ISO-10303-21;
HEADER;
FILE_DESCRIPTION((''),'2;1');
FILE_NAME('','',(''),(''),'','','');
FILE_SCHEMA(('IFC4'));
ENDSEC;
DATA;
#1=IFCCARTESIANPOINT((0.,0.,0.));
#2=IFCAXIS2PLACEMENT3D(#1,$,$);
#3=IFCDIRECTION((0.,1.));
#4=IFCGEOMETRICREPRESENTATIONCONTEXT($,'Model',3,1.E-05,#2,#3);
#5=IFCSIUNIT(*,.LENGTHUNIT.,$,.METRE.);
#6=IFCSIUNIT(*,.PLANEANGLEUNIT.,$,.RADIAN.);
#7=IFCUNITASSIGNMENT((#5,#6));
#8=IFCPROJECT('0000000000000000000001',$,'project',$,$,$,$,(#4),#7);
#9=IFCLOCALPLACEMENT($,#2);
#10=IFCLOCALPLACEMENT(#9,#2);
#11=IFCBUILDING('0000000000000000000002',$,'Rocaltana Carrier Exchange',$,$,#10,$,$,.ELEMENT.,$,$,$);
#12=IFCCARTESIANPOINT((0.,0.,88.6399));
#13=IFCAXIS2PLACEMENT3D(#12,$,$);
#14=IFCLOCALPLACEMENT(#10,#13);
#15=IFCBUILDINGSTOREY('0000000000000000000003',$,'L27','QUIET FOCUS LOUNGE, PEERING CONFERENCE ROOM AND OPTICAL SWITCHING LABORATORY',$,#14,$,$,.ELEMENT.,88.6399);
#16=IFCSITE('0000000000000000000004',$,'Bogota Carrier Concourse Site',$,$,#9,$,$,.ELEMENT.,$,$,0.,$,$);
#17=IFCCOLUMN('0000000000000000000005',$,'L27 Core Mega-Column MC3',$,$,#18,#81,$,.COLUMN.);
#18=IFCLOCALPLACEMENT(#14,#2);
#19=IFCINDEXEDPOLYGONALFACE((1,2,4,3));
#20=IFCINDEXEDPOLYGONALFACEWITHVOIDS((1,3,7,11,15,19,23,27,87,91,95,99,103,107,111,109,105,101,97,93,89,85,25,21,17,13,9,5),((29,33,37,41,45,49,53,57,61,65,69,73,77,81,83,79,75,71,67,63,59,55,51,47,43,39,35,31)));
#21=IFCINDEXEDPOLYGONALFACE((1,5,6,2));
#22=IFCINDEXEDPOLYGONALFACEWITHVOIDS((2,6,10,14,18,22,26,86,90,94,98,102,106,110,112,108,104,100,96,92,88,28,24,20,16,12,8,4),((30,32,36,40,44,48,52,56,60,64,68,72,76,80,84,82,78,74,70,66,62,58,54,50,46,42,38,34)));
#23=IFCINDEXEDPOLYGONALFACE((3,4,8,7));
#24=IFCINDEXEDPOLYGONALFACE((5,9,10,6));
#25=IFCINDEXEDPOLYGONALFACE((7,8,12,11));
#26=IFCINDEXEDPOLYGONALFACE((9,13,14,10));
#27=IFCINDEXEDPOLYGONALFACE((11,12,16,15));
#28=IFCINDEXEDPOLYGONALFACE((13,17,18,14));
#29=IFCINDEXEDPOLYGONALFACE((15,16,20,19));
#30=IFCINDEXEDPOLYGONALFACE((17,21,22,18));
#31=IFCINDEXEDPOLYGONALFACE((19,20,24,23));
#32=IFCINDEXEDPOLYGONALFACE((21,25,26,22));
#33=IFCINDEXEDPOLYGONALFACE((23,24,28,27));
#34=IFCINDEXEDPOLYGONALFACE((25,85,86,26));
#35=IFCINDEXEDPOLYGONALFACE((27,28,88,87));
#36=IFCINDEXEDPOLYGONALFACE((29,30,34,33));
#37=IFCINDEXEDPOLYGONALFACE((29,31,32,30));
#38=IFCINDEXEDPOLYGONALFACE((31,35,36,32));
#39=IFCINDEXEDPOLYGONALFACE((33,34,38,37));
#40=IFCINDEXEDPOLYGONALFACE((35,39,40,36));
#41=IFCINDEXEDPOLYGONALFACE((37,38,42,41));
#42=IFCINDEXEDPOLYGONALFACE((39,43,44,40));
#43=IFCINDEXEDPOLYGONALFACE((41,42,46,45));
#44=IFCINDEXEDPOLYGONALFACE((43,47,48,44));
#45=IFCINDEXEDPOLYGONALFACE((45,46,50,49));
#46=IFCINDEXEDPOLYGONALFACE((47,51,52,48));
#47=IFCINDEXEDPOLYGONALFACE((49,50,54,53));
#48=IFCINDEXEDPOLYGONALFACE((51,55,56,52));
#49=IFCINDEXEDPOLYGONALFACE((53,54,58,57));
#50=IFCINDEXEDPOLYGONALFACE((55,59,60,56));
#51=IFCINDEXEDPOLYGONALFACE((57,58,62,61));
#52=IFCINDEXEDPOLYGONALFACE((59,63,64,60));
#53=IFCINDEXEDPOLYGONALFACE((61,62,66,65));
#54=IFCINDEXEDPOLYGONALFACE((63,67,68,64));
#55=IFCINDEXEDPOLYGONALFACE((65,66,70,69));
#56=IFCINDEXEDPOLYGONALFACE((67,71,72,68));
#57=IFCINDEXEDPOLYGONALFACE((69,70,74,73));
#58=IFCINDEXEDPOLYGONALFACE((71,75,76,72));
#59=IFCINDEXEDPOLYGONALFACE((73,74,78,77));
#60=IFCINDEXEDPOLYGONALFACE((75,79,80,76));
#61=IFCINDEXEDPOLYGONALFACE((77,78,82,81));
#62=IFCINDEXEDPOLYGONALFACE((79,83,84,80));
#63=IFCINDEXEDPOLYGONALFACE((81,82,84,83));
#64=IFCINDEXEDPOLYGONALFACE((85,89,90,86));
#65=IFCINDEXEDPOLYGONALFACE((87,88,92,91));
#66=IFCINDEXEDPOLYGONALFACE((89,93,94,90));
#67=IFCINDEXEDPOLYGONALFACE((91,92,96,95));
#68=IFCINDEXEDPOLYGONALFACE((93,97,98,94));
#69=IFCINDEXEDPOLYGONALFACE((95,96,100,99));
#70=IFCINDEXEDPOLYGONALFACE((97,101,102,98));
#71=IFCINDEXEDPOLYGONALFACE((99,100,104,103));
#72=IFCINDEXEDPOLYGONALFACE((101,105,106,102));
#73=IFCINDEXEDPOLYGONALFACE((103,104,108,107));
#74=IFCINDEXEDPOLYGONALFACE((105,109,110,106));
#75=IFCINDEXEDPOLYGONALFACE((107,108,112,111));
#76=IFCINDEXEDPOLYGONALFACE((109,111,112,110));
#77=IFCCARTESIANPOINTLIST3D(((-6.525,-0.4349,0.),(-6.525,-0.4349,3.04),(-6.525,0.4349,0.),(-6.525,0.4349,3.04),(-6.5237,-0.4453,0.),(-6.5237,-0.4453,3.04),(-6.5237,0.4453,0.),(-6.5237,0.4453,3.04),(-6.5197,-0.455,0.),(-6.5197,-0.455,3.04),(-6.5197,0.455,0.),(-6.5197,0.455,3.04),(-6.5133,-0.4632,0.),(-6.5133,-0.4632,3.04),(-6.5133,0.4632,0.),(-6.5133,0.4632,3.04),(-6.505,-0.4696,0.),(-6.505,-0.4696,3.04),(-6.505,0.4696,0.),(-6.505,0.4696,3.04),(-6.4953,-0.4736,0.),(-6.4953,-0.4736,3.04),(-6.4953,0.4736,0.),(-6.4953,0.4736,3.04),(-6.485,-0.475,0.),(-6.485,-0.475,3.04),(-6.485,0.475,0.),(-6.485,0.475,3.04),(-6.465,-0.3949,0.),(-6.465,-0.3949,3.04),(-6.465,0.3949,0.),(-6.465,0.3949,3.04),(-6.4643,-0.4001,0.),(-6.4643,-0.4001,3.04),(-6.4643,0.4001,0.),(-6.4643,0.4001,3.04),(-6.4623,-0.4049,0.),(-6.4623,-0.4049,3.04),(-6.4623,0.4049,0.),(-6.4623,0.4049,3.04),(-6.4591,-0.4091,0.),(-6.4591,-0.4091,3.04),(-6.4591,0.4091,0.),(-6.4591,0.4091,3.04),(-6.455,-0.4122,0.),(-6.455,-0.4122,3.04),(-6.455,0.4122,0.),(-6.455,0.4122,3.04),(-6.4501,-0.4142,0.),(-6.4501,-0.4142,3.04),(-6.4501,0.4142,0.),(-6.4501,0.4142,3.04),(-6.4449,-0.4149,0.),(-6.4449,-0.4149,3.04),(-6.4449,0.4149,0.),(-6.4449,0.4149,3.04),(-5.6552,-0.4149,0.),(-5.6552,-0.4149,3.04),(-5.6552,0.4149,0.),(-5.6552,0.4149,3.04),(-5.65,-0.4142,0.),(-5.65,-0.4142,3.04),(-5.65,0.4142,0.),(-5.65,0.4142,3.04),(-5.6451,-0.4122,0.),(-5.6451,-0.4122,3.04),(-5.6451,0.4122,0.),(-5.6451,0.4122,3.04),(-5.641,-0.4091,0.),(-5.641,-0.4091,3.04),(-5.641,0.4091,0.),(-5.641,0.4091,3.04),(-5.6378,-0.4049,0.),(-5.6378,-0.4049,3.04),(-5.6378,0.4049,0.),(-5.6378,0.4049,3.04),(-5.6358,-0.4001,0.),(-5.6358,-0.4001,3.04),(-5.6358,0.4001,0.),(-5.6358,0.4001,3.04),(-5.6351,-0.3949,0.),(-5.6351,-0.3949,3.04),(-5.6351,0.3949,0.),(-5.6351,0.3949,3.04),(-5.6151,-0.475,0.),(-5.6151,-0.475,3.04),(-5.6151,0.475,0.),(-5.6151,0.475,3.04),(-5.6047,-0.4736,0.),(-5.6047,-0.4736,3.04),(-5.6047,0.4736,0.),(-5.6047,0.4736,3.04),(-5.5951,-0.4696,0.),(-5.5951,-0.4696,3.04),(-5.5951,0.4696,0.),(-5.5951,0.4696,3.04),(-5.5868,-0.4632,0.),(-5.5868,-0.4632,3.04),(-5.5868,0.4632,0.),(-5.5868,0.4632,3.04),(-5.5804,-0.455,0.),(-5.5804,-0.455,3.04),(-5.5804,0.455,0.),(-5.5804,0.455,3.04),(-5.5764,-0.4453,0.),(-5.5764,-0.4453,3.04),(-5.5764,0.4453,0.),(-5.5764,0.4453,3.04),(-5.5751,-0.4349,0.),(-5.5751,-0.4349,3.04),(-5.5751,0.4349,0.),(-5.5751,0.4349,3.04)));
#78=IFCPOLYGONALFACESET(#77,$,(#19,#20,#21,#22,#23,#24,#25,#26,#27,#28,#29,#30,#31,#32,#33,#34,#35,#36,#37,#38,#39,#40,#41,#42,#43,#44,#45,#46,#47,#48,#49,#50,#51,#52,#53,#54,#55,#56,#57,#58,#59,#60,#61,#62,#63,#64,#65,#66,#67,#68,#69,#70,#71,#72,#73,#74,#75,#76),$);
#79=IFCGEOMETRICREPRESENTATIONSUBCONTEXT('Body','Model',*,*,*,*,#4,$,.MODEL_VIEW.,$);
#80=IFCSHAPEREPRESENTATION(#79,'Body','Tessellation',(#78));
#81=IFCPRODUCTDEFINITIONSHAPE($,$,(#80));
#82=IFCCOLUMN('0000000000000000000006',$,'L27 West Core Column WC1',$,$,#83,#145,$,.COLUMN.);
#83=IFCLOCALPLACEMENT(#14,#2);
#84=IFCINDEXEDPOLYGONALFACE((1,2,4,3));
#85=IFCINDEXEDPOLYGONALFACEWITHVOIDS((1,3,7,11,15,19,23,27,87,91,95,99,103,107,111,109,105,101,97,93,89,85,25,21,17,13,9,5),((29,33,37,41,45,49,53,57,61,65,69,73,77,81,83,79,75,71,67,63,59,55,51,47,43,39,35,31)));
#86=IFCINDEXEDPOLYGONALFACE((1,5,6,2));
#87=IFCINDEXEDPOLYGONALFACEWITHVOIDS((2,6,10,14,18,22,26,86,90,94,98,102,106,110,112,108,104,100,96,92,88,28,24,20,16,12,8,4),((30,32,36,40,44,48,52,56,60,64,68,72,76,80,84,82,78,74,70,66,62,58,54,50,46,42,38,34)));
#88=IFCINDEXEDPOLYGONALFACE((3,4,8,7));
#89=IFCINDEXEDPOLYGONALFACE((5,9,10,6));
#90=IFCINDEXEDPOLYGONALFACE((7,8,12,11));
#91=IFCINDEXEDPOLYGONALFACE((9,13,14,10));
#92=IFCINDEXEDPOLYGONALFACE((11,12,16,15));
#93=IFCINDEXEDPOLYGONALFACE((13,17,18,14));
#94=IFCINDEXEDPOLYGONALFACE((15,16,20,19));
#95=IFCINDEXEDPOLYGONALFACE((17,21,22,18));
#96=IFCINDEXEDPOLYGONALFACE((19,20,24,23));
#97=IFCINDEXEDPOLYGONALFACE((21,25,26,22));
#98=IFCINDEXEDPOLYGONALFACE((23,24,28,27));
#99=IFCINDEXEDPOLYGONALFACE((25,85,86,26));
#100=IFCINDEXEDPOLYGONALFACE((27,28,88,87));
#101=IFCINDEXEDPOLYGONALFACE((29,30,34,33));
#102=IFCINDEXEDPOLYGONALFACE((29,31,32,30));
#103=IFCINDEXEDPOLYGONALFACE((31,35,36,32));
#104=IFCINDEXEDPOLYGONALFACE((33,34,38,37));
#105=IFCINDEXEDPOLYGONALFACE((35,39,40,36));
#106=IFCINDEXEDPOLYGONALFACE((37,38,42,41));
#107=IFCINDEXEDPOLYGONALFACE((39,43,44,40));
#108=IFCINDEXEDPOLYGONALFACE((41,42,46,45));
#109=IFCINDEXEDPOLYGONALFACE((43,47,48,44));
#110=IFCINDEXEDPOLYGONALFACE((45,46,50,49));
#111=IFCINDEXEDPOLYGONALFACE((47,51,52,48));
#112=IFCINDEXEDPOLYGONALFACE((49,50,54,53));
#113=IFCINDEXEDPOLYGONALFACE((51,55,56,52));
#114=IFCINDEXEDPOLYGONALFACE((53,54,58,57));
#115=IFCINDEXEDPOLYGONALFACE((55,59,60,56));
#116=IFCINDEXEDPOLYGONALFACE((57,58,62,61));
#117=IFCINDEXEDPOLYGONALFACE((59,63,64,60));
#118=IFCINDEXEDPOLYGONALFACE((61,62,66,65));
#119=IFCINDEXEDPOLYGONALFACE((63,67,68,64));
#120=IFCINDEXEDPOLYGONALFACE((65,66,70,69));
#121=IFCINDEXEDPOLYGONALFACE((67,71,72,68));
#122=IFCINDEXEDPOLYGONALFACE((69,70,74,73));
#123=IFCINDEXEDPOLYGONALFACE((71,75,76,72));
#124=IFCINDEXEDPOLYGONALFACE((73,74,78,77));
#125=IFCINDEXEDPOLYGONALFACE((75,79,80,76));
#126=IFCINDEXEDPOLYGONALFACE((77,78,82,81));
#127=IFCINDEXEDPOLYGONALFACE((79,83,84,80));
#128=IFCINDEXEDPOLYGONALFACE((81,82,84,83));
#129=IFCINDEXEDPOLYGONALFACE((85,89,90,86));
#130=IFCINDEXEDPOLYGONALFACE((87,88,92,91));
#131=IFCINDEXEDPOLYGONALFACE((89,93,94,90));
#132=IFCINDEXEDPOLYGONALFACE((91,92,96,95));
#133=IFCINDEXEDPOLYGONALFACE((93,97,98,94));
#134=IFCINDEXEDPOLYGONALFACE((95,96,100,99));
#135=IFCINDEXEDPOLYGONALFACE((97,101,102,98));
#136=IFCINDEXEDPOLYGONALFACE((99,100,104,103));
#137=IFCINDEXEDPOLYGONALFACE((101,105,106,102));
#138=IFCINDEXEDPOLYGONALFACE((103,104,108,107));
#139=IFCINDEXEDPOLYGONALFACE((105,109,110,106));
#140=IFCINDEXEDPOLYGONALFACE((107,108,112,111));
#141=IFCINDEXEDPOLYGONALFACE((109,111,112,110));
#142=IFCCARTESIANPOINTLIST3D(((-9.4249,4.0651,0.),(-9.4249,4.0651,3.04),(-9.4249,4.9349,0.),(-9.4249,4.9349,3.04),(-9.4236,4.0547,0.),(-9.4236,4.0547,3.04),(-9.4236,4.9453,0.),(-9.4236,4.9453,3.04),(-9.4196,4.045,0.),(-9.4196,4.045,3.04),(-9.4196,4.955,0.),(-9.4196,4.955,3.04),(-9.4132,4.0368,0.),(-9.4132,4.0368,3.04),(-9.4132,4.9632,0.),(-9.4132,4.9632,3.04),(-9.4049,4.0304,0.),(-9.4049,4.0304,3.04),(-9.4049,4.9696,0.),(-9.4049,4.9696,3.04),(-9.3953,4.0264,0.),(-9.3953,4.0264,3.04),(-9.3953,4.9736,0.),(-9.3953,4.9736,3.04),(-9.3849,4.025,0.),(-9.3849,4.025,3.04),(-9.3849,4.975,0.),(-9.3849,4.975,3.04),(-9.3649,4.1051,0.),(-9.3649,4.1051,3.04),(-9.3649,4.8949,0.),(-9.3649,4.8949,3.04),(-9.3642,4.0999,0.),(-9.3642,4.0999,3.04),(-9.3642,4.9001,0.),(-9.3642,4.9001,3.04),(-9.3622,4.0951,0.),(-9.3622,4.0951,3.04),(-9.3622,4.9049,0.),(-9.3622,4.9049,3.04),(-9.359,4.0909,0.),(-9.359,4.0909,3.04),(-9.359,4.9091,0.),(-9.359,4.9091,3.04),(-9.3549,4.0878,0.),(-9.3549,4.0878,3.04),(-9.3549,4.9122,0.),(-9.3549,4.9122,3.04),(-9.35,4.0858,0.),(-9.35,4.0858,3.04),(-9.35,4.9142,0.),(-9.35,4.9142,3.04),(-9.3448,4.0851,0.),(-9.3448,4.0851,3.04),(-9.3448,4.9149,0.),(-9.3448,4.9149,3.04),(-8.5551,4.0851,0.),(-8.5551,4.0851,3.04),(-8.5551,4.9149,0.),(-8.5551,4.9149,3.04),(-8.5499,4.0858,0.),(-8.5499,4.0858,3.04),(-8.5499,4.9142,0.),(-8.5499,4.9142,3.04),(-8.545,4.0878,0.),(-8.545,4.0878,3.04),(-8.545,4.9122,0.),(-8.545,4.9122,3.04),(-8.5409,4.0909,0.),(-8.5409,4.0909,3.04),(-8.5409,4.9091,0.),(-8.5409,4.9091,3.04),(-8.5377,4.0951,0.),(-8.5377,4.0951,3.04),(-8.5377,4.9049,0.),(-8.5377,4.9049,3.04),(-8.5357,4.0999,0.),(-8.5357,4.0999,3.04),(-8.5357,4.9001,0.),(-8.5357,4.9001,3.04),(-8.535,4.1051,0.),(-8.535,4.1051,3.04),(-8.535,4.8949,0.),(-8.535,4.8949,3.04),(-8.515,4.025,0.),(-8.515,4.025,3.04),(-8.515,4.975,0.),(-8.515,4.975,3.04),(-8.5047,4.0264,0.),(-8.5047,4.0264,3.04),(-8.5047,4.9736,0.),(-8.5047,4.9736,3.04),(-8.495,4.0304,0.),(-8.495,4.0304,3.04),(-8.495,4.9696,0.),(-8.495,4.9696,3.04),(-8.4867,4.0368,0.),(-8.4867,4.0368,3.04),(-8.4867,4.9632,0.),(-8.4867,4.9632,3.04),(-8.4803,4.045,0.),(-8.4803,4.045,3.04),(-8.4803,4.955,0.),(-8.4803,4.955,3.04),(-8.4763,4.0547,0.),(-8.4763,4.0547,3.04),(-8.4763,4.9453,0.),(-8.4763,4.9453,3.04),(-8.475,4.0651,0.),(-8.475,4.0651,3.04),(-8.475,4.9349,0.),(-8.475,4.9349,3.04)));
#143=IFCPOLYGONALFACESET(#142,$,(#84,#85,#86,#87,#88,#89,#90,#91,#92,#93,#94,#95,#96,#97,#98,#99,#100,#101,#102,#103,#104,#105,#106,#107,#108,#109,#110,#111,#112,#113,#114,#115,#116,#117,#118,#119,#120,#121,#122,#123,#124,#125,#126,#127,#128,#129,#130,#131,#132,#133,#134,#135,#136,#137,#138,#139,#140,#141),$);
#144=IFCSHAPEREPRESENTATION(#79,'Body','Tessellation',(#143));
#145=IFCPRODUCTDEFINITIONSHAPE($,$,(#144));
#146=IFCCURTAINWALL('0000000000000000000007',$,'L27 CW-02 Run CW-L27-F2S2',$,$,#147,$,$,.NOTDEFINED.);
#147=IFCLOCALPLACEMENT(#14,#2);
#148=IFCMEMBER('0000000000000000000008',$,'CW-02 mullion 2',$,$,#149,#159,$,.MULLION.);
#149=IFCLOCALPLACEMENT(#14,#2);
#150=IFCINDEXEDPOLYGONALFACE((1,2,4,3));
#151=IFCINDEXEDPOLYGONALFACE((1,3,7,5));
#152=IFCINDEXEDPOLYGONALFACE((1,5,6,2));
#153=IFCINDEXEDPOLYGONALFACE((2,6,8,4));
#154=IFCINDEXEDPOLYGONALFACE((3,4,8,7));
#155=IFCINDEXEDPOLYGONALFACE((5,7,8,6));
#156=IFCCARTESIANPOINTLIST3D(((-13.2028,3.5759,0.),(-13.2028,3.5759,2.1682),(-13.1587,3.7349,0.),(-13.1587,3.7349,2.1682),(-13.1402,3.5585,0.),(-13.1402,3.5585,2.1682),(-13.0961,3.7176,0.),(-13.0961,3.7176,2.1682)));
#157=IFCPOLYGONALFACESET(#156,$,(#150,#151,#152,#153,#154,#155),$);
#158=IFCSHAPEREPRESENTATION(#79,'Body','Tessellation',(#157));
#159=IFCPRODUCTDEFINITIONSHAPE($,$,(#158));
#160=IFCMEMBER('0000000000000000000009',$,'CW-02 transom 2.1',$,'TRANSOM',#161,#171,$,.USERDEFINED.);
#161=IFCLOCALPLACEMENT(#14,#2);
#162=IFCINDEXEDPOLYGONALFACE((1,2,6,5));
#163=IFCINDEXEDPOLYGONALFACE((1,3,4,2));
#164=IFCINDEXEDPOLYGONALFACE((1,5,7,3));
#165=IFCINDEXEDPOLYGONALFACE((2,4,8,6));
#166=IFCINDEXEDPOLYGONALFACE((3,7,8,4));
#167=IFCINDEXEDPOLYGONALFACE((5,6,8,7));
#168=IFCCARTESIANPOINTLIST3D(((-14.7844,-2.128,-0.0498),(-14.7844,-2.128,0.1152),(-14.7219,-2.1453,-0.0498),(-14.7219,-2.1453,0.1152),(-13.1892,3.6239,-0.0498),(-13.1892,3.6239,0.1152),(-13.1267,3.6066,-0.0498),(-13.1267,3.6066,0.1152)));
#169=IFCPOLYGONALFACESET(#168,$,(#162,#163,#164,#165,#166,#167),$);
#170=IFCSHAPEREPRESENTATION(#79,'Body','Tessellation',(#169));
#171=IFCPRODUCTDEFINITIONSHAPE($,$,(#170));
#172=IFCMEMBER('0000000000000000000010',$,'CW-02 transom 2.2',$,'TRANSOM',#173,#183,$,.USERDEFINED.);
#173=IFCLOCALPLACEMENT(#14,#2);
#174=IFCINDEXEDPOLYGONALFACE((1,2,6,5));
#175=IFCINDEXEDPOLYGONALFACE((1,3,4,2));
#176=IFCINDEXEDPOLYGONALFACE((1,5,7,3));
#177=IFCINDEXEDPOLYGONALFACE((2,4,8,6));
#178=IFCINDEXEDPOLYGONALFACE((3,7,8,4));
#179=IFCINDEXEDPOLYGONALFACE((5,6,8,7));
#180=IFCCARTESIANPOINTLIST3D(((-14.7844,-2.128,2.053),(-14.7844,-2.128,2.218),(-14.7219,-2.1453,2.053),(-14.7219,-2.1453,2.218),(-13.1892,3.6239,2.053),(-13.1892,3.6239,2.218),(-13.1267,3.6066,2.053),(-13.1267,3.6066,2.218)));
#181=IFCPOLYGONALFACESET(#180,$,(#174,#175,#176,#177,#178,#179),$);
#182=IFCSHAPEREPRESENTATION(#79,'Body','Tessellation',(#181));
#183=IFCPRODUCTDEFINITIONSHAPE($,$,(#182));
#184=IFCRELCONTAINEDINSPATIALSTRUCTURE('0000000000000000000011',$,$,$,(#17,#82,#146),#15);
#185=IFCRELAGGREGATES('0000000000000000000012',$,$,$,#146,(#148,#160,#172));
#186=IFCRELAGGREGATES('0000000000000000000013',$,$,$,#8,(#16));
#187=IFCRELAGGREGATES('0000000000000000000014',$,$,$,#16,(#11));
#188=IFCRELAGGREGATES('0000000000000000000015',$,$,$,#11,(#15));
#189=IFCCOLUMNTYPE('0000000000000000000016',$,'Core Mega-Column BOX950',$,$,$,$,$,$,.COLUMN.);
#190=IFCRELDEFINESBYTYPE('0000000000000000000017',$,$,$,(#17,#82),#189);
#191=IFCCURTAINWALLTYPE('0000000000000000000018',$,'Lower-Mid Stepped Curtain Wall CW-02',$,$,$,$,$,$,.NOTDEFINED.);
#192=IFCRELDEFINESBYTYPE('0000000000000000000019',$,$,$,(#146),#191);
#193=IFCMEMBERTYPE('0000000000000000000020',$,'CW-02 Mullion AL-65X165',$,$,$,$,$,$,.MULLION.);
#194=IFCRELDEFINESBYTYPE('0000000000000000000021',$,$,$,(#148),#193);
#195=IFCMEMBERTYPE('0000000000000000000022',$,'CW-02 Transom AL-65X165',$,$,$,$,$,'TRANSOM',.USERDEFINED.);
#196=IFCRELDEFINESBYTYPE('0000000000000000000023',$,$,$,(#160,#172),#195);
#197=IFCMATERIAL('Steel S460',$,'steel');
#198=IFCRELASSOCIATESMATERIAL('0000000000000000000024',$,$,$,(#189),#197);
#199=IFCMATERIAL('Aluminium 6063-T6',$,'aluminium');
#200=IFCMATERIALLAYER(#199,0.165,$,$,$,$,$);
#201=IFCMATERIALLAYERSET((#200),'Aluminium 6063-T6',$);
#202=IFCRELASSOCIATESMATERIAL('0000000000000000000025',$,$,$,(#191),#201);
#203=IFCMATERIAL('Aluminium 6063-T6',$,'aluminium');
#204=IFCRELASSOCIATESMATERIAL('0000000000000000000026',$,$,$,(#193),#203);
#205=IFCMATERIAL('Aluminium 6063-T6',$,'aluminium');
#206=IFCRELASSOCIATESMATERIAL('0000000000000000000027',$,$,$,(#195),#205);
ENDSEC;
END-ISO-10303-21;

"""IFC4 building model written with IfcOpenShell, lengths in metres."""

from ifc_helpers import new_model, si_unit, direction, frame, origin, origin_2d, place, context, subcontext, project, spatial, rectangle, hollow_rectangle, extrude, material, layer, layer_set, material_profile, profile_set, type_object, element, aggregate, save


model = new_model("IFC4")

# Units and contexts
model_context = context("Model", 3, precision=1e-05, world=origin(), true_north=direction((0.0, 1.0)))
body_context = subcontext(model_context, "Body", "Model", "MODEL_VIEW")
ifc_project = project(units=[si_unit("LENGTHUNIT", "METRE"), si_unit("PLANEANGLEUNIT", "RADIAN")], contexts=[model_context])

# Site, building, storey
site_placement = place(None, origin())
site = spatial("IfcSite", under=ifc_project, at=site_placement, Name="Bogota Carrier Concourse Site", CompositionType="ELEMENT", RefElevation=0.0)
building_placement = place(site_placement, origin())
building = spatial("IfcBuilding", under=site, at=building_placement, Name="Rocaltana Carrier Exchange", CompositionType="ELEMENT")
storey_placement = place(building_placement, frame((0.0, 0.0, 88.6399)))
storey = spatial("IfcBuildingStorey", under=building, at=storey_placement, Name="L27", Description="QUIET FOCUS LOUNGE, PEERING CONFERENCE ROOM AND OPTICAL SWITCHING LABORATORY", CompositionType="ELEMENT", Elevation=88.6399)

# Columns
ifc_material_1 = material(Name="Steel S460", Category="steel")
ifc_material_profile_1 = material_profile(ifc_material_1, hollow_rectangle(XDim=0.95, YDim=0.95, WallThickness=0.0601, InnerFilletRadius=0.02, OuterFilletRadius=0.04, at=origin_2d()), Name="BOX950X950X60")
ifc_profile_set_1 = profile_set([ifc_material_profile_1], Name="Steel S460")
column_type = type_object("IfcColumnType", Name="Core Mega-Column BOX950", PredefinedType="COLUMN", material=ifc_profile_set_1)
for number, where, z_axis, x_axis, name in (
    (1, (-6.05, 0.0, 0.0), (0.0, 0.0, 1.0), (1.0, 0.0, 0.0), "L27 Core Mega-Column MC3"),
    (2, (-8.95, 4.5, 0.0), (0.0, 0.0, 1.0), (1.0, 0.0, 0.0), "L27 West Core Column WC1"),
):
    element("IfcColumn", number, at=place(storey_placement, frame(where, z_axis=z_axis, x_axis=x_axis)), inside=storey, type_object=column_type, Name=name, PredefinedType="COLUMN", context=body_context, shape_type="SweptSolid", body=[
        extrude(hollow_rectangle(XDim=0.95, YDim=0.95, WallThickness=0.0601, InnerFilletRadius=0.02, OuterFilletRadius=0.04, at=origin_2d()), origin(), (0.0, 0.0, 1.0), 3.04),
    ])

# Curtain wall, members
ifc_material_2 = material(Name="Aluminium 6063-T6", Category="aluminium")
ifc_layer_1 = layer(ifc_material_2, 0.165)
ifc_layer_set_1 = layer_set([ifc_layer_1], Name="Aluminium 6063-T6")
curtain_wall_type = type_object("IfcCurtainWallType", Name="Lower-Mid Stepped Curtain Wall CW-02", PredefinedType="NOTDEFINED", material=ifc_layer_set_1)
curtain_wall_placement = place(storey_placement, origin())
curtain_wall = element("IfcCurtainWall", 3, at=curtain_wall_placement, inside=storey, type_object=curtain_wall_type, Name="L27 CW-02 Run CW-L27-F2S2", PredefinedType="NOTDEFINED")
ifc_material_3 = material(Name="Aluminium 6063-T6", Category="aluminium")
ifc_material_profile_2 = material_profile(ifc_material_3, rectangle(XDim=0.0649, YDim=0.165, at=origin_2d()), Name="AL-65X165")
ifc_profile_set_2 = profile_set([ifc_material_profile_2], Name="Aluminium 6063-T6")
member_type_1 = type_object("IfcMemberType", Name="CW-02 Mullion AL-65X165", PredefinedType="MULLION", material=ifc_profile_set_2)
member_1_placement = place(storey_placement, frame((-13.1494, 3.6467, 0.0), z_axis=(0.0, 0.0, 1.0), x_axis=(0.963631, -0.267238, 0.0)))
member_1 = element("IfcMember", 4, at=member_1_placement, type_object=member_type_1, Name="CW-02 mullion 2", PredefinedType="MULLION", context=body_context, shape_type="SweptSolid", body=[
    extrude(rectangle(XDim=0.0649, YDim=0.165, at=origin_2d()), origin(), (0.0, 0.0, 1.0), 2.1682),
])
ifc_material_4 = material(Name="Aluminium 6063-T6", Category="aluminium")
ifc_material_profile_3 = material_profile(ifc_material_4, rectangle(XDim=0.0649, YDim=0.165, at=origin_2d()), Name="AL-65X165")
ifc_profile_set_3 = profile_set([ifc_material_profile_3], Name="Aluminium 6063-T6")
member_type_2 = type_object("IfcMemberType", Name="CW-02 Transom AL-65X165", ElementType="TRANSOM", PredefinedType="USERDEFINED", material=ifc_profile_set_3)
member_2_placement = place(storey_placement, frame((-13.158, 3.6152, 0.0327), z_axis=(-0.267247, -0.963628, 0.0), x_axis=(0.963628, -0.267247, 0.0)))
member_2 = element("IfcMember", 5, at=member_2_placement, type_object=member_type_2, Name="CW-02 transom 2.1", ObjectType="TRANSOM", PredefinedType="USERDEFINED", context=body_context, shape_type="SweptSolid", body=[
    extrude(rectangle(XDim=0.0649, YDim=0.165, at=origin_2d()), origin(), (0.0, 0.0, 1.0), 5.969),
])
member_3_placement = place(storey_placement, frame((-13.158, 3.6152, 2.1355), z_axis=(-0.267247, -0.963628, 0.0), x_axis=(0.963628, -0.267247, 0.0)))
member_3 = element("IfcMember", 6, at=member_3_placement, type_object=member_type_2, Name="CW-02 transom 2.2", ObjectType="TRANSOM", PredefinedType="USERDEFINED", context=body_context, shape_type="SweptSolid", body=[
    extrude(rectangle(XDim=0.0649, YDim=0.165, at=origin_2d()), origin(), (0.0, 0.0, 1.0), 5.969),
])

aggregate(curtain_wall, [member_1, member_2, member_3])

save(model, "model.ifc")
